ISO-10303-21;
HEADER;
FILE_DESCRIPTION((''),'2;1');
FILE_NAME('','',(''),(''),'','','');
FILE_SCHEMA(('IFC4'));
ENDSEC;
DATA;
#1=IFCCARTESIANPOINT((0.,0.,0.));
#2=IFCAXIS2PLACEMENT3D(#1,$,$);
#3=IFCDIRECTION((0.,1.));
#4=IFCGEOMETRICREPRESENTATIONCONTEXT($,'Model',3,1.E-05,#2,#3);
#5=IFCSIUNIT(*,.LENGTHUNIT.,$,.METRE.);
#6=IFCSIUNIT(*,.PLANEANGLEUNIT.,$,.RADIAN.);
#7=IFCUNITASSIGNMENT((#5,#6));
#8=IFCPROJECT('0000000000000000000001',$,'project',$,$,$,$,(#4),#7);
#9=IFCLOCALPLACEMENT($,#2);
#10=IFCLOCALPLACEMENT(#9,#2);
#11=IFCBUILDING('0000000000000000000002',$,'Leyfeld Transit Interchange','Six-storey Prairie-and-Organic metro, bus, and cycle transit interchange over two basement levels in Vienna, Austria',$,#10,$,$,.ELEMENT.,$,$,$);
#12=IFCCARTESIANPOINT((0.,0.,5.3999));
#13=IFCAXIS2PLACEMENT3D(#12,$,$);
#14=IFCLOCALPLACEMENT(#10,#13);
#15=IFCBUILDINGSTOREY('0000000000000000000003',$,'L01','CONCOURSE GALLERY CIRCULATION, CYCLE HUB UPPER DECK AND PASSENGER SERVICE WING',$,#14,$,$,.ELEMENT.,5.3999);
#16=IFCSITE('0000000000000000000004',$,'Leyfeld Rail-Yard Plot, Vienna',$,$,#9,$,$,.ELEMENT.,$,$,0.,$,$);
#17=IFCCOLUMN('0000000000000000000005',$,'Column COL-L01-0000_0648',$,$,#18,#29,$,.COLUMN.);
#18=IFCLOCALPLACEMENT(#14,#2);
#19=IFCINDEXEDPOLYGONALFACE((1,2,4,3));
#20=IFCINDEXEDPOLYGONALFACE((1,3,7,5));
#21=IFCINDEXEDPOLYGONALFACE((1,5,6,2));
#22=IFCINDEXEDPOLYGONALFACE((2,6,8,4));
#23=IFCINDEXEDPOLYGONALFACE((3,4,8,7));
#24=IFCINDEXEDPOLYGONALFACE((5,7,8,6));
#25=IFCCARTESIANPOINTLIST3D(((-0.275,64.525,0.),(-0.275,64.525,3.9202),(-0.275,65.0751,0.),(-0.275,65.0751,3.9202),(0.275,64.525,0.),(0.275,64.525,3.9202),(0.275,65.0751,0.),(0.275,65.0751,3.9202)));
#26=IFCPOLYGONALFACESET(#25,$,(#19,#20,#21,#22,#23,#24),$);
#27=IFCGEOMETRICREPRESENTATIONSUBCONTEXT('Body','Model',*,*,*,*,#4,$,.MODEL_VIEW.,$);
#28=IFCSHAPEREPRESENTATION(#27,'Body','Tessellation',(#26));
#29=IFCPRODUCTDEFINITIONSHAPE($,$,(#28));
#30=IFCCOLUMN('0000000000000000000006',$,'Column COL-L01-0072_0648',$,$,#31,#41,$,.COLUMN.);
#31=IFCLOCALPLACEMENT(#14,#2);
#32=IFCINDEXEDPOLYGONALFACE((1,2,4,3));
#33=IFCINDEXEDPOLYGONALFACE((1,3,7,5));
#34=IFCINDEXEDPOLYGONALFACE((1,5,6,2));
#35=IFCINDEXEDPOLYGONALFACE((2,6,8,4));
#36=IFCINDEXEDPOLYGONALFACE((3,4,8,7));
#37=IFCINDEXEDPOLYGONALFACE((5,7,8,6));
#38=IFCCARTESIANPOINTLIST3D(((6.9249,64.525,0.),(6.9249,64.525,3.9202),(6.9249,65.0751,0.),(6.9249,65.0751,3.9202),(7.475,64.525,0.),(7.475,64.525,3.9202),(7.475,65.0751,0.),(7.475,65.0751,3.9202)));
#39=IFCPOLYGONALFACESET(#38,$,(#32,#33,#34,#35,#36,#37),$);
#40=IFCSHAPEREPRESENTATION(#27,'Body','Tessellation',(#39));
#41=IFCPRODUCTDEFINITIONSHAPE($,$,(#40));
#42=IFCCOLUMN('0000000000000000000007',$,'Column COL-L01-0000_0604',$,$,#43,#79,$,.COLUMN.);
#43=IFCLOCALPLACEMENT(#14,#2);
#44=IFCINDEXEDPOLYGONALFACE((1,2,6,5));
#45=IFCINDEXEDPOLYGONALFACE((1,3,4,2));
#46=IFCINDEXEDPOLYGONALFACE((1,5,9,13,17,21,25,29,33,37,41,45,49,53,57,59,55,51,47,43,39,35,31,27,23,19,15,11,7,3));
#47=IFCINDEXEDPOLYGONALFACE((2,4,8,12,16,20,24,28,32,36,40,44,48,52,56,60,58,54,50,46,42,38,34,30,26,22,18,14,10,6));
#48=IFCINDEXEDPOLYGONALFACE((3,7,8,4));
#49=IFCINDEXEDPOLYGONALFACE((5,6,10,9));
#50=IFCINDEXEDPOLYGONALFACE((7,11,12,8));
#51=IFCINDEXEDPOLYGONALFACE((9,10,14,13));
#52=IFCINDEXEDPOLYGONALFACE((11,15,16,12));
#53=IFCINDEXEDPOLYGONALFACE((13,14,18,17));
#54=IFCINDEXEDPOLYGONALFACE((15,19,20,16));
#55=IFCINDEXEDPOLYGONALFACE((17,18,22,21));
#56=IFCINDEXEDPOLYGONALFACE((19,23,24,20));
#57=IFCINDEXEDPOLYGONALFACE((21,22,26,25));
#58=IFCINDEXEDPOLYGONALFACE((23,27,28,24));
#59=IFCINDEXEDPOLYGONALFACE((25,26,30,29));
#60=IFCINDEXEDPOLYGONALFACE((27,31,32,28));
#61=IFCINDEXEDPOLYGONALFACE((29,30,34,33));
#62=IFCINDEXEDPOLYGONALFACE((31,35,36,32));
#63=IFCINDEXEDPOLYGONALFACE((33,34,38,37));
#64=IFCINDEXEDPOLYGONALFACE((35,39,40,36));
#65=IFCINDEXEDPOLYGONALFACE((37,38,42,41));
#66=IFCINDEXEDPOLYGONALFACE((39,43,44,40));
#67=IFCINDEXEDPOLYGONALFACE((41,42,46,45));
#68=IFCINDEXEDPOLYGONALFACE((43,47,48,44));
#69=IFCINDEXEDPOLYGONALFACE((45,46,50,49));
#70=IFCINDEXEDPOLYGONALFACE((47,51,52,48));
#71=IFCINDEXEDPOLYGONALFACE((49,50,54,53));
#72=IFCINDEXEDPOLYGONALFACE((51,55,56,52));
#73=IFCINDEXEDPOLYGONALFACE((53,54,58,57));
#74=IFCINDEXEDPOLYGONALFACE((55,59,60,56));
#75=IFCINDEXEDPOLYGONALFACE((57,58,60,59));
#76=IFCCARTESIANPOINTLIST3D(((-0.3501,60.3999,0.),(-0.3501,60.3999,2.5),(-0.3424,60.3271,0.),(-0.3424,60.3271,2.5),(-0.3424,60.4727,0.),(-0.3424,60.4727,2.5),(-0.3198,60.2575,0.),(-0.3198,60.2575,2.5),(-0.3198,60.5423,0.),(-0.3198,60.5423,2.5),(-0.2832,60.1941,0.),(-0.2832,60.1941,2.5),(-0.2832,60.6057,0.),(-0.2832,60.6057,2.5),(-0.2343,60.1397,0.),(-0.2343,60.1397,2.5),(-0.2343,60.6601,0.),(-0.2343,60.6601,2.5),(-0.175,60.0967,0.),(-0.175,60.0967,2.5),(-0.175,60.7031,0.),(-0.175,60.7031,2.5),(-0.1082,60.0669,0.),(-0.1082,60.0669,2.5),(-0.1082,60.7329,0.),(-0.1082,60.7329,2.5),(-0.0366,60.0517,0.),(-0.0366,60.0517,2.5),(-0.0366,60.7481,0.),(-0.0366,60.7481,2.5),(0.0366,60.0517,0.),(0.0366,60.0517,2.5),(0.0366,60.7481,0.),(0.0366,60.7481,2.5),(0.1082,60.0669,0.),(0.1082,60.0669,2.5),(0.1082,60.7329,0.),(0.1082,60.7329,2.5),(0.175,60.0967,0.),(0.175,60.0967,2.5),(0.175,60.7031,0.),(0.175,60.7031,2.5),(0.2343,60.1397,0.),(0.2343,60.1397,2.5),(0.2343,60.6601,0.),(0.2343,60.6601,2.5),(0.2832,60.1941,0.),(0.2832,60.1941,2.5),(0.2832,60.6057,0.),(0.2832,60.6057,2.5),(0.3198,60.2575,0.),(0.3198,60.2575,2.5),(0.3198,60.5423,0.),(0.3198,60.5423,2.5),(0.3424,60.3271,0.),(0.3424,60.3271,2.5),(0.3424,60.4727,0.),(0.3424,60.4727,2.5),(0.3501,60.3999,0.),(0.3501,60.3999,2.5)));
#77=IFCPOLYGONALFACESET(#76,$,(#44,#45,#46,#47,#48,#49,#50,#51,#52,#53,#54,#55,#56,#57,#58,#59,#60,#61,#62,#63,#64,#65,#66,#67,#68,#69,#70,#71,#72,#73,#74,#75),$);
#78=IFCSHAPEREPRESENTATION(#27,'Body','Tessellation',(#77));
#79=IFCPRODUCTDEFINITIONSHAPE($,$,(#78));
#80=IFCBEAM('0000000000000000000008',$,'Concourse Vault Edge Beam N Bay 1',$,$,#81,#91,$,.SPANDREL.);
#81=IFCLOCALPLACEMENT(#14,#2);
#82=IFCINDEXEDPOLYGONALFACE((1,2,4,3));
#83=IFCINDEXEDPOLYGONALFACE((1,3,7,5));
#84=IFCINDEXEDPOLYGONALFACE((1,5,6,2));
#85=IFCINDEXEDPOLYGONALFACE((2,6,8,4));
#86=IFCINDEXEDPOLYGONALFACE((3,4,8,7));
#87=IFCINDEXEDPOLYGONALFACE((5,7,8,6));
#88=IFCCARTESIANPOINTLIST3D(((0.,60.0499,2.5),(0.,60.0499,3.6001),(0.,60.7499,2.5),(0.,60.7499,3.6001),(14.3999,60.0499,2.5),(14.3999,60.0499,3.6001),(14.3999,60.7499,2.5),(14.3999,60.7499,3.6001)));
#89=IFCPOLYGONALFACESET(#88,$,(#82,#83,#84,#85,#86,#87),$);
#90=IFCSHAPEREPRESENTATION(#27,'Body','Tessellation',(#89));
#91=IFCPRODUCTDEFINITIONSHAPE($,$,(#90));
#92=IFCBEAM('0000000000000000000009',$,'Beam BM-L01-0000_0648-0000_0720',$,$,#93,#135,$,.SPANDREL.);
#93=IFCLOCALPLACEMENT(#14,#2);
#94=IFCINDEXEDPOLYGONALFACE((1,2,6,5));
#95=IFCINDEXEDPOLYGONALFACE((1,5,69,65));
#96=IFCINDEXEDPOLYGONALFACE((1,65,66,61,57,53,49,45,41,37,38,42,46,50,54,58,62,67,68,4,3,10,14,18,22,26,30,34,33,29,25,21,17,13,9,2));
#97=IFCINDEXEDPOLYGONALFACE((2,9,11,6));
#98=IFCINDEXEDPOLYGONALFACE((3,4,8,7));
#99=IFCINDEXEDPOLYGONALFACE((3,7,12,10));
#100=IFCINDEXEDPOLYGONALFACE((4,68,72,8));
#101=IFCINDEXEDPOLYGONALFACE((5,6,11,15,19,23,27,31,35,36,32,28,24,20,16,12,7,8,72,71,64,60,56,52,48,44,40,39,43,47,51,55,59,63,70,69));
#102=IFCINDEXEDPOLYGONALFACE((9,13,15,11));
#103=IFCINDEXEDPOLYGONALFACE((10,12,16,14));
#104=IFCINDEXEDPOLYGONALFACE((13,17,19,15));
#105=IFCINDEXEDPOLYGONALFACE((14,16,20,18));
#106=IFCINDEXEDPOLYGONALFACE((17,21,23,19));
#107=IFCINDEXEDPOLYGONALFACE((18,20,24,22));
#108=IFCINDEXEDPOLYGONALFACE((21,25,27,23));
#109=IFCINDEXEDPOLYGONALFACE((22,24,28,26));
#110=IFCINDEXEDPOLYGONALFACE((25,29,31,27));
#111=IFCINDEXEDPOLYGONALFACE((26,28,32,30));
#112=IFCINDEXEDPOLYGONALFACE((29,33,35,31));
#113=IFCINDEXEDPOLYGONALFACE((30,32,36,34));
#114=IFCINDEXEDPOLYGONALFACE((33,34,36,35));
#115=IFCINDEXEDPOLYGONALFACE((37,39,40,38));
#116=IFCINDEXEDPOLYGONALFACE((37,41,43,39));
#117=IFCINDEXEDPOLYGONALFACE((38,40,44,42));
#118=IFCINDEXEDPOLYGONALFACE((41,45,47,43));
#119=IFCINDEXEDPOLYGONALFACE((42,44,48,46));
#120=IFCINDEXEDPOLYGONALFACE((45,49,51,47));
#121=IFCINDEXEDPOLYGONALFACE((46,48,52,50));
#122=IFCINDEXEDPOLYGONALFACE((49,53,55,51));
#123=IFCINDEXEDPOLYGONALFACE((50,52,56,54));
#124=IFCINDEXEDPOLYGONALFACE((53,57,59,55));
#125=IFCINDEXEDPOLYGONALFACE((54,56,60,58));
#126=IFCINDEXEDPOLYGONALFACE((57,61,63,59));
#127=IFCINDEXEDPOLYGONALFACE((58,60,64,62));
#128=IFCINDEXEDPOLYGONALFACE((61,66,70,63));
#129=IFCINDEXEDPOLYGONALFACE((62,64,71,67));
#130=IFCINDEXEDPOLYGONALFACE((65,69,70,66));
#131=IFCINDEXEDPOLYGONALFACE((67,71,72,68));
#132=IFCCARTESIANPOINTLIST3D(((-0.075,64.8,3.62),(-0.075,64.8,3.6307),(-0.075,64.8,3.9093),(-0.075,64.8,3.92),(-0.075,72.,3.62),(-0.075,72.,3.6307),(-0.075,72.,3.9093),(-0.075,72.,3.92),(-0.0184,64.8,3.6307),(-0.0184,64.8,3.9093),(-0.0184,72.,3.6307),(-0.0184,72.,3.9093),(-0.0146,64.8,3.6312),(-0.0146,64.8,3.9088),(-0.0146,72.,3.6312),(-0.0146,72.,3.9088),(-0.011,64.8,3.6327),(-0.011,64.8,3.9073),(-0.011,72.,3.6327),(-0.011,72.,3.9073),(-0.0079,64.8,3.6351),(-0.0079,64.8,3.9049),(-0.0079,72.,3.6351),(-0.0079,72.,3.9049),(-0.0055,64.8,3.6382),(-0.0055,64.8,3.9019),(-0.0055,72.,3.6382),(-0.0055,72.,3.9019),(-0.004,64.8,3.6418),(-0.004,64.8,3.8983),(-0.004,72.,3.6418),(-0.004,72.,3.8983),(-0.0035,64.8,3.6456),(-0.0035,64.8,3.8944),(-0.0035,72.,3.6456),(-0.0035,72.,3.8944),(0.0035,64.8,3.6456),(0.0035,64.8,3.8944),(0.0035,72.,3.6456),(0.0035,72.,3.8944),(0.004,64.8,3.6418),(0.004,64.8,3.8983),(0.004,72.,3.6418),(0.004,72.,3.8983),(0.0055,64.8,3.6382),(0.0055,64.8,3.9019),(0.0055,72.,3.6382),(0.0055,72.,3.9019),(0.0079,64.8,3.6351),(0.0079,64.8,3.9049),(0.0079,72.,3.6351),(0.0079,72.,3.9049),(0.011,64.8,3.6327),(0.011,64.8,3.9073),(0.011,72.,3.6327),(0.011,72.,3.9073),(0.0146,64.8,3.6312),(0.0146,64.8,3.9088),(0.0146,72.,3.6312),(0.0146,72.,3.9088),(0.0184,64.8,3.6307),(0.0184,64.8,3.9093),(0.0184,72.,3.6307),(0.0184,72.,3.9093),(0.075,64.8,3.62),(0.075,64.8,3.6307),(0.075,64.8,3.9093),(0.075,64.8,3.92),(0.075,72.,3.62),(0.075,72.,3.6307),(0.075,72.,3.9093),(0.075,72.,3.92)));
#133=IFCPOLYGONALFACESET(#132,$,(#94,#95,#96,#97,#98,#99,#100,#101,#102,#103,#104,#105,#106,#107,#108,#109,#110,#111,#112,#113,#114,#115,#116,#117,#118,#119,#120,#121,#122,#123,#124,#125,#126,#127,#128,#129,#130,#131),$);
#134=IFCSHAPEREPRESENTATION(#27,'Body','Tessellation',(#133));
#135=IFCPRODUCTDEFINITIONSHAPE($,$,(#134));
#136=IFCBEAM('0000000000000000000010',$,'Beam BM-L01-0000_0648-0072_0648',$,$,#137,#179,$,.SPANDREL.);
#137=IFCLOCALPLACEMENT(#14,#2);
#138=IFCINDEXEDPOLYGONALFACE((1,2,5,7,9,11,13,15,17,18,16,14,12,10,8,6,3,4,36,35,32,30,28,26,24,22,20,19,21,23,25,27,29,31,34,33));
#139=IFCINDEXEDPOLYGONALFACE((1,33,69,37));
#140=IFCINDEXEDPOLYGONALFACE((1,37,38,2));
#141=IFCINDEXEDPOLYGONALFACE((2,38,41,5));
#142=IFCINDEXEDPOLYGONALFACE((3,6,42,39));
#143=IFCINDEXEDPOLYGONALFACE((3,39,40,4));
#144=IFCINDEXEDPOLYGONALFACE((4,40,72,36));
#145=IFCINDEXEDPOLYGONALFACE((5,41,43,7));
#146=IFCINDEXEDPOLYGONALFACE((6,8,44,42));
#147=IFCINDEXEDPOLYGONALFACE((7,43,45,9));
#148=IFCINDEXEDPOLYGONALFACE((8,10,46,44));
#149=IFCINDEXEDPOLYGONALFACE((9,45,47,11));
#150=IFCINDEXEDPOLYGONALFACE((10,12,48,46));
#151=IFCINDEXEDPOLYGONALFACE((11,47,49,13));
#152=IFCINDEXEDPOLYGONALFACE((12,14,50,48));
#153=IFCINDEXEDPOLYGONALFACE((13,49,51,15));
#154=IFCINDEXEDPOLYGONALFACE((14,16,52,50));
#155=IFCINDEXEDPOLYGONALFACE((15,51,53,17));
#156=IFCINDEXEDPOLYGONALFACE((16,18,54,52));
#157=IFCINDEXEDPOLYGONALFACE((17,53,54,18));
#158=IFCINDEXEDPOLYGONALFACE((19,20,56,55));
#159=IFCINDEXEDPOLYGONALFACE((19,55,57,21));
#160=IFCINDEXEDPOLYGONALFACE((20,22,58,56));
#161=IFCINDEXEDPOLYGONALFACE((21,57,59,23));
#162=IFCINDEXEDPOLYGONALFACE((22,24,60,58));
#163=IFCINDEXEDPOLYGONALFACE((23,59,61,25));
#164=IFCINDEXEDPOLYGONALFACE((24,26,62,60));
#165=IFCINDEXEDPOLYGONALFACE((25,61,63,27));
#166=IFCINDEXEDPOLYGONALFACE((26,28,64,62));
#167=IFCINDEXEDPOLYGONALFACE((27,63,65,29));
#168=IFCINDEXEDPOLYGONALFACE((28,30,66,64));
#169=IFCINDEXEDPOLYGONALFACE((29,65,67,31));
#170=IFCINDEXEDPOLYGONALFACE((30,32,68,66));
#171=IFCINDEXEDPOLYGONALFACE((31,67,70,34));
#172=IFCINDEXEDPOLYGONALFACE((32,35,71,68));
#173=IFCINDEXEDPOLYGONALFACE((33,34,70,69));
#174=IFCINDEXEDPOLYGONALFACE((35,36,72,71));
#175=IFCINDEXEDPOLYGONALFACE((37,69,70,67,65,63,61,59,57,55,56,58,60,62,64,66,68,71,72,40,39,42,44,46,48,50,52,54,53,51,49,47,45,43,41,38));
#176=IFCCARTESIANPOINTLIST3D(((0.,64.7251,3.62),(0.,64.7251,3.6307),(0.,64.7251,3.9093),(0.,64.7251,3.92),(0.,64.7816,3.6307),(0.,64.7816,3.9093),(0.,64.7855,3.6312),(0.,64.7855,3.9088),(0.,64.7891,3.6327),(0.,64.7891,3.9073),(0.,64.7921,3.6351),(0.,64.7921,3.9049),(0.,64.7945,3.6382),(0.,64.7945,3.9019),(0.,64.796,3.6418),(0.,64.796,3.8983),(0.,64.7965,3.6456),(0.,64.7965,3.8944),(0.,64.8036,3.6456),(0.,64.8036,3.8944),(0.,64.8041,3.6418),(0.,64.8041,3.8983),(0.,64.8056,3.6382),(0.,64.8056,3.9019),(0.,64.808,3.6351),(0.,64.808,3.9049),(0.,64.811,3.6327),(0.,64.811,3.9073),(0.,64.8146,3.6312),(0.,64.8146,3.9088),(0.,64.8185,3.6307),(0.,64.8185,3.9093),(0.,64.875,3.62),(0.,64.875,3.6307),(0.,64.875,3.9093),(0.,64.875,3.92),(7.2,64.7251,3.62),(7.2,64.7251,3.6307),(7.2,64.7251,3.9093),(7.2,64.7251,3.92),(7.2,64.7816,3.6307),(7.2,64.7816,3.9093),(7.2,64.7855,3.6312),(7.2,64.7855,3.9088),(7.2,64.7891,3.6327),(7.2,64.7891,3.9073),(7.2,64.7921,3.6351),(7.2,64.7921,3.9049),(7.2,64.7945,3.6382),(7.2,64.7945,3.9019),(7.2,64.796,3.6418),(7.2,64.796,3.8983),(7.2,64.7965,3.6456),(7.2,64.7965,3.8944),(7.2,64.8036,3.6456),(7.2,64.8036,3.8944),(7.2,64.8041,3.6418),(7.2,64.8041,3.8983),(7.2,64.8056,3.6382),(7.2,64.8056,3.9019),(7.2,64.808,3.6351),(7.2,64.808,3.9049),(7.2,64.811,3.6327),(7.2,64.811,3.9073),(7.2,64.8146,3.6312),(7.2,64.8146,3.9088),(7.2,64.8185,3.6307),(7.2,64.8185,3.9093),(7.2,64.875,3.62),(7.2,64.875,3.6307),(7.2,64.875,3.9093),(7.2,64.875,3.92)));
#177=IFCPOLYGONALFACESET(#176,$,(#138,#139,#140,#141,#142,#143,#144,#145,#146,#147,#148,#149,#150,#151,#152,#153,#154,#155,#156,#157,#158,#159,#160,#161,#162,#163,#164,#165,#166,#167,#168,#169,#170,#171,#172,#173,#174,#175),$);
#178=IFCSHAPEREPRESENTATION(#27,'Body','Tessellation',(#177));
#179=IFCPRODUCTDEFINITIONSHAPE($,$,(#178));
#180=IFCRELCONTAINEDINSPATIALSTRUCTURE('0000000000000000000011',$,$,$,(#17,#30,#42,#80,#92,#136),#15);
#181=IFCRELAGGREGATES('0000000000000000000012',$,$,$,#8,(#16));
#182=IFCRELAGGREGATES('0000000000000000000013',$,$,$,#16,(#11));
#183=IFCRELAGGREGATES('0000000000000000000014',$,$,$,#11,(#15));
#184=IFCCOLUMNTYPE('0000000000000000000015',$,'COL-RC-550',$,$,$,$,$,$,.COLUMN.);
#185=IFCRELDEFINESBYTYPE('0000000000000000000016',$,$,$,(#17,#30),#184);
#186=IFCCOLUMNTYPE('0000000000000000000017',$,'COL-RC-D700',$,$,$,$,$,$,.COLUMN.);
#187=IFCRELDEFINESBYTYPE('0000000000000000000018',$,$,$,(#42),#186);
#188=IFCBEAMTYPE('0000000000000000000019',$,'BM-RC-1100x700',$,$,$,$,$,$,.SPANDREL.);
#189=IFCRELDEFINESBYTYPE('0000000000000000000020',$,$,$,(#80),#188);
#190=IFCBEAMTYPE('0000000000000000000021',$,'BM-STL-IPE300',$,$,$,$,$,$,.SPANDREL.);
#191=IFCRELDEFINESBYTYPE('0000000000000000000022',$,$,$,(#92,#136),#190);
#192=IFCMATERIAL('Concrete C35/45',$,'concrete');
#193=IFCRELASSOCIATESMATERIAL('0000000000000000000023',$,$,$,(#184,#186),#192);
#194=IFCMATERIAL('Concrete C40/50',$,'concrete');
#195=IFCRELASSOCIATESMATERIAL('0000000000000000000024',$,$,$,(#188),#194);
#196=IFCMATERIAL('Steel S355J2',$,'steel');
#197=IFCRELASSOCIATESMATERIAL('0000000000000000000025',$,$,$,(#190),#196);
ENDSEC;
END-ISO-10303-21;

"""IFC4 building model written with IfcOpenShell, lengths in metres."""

from ifc_helpers import new_model, si_unit, direction, frame, origin, origin_2d, place, context, subcontext, project, spatial, rectangle, circle, i_section, extrude, material, material_profile, profile_set, type_object, element, save


model = new_model("IFC4")

# Units and contexts
model_context = context("Model", 3, precision=1e-05, world=origin(), true_north=direction((0.0, 1.0)))
body_context = subcontext(model_context, "Body", "Model", "MODEL_VIEW")
ifc_project = project(units=[si_unit("LENGTHUNIT", "METRE"), si_unit("PLANEANGLEUNIT", "RADIAN")], contexts=[model_context])

# Site, building, storey
site_placement = place(None, origin())
site = spatial("IfcSite", under=ifc_project, at=site_placement, Name="Leyfeld Rail-Yard Plot, Vienna", CompositionType="ELEMENT", RefElevation=0.0)
building_placement = place(site_placement, origin())
building = spatial("IfcBuilding", under=site, at=building_placement, Name="Leyfeld Transit Interchange", Description="Six-storey Prairie-and-Organic metro, bus, and cycle transit interchange over two basement levels in Vienna, Austria", CompositionType="ELEMENT")
storey_placement = place(building_placement, frame((0.0, 0.0, 5.3999)))
storey = spatial("IfcBuildingStorey", under=building, at=storey_placement, Name="L01", Description="CONCOURSE GALLERY CIRCULATION, CYCLE HUB UPPER DECK AND PASSENGER SERVICE WING", CompositionType="ELEMENT", Elevation=5.3999)

# Columns
ifc_material_1 = material(Name="Concrete C35/45", Category="concrete")
ifc_material_profile_1 = material_profile(ifc_material_1, rectangle(XDim=0.55, YDim=0.55, at=origin_2d()), Name="RC 550x550")
ifc_profile_set_1 = profile_set([ifc_material_profile_1], Name="Concrete C35/45")
column_type_1 = type_object("IfcColumnType", Name="COL-RC-550", PredefinedType="COLUMN", material=ifc_profile_set_1)
for number, where, z_axis, x_axis, name in (
    (1, (0.0, 64.8, 0.0), (0.0, 0.0, 1.0), (1.0, 0.0, 0.0), "Column COL-L01-0000_0648"),
    (2, (7.2, 64.8, 0.0), (0.0, 0.0, 1.0), (1.0, 0.0, 0.0), "Column COL-L01-0072_0648"),
):
    element("IfcColumn", number, at=place(storey_placement, frame(where, z_axis=z_axis, x_axis=x_axis)), inside=storey, type_object=column_type_1, Name=name, PredefinedType="COLUMN", context=body_context, shape_type="SweptSolid", body=[
        extrude(rectangle(XDim=0.55, YDim=0.55, at=origin_2d()), origin(), (0.0, 0.0, 1.0), 3.9202),
    ])
ifc_material_profile_2 = material_profile(ifc_material_1, circle(Radius=0.3501, at=origin_2d()), Name="RC D700")
ifc_profile_set_2 = profile_set([ifc_material_profile_2], Name="Concrete C35/45")
column_type_2 = type_object("IfcColumnType", Name="COL-RC-D700", PredefinedType="COLUMN", material=ifc_profile_set_2)
column_placement = place(storey_placement, frame((0.0, 60.3999, 0.0), z_axis=(0.0, 0.0, 1.0), x_axis=(1.0, 0.0, 0.0)))
element("IfcColumn", 3, at=column_placement, inside=storey, type_object=column_type_2, Name="Column COL-L01-0000_0604", PredefinedType="COLUMN", context=body_context, shape_type="SweptSolid", body=[
    extrude(circle(Radius=0.3501, at=origin_2d()), origin(), (0.0, 0.0, 1.0), 2.5),
])

# Beams
ifc_material_2 = material(Name="Concrete C40/50", Category="concrete")
ifc_material_profile_3 = material_profile(ifc_material_2, rectangle(XDim=0.7, YDim=1.1001, at=origin_2d()), Name="RC 1100x700")
ifc_profile_set_3 = profile_set([ifc_material_profile_3], Name="Concrete C40/50")
beam_type_1 = type_object("IfcBeamType", Name="BM-RC-1100x700", PredefinedType="SPANDREL", material=ifc_profile_set_3)
beam_1_placement = place(storey_placement, frame((0.0, 60.3999, 3.05), z_axis=(1.0, 0.0, 0.0), x_axis=(0.0, 1.0, 0.0)))
element("IfcBeam", 4, at=beam_1_placement, inside=storey, type_object=beam_type_1, Name="Concourse Vault Edge Beam N Bay 1", PredefinedType="SPANDREL", context=body_context, shape_type="SweptSolid", body=[
    extrude(rectangle(XDim=0.7, YDim=1.1001, at=origin_2d()), origin(), (0.0, 0.0, 1.0), 14.3999),
])
ifc_material_3 = material(Name="Steel S355J2", Category="steel")
ifc_material_profile_4 = material_profile(ifc_material_3, i_section(OverallWidth=0.1499, OverallDepth=0.3, WebThickness=0.0071, FlangeThickness=0.0107, FilletRadius=0.0149, at=origin_2d()), Name="IPE 300")
ifc_profile_set_4 = profile_set([ifc_material_profile_4], Name="Steel S355J2")
beam_type_2 = type_object("IfcBeamType", Name="BM-STL-IPE300", PredefinedType="SPANDREL", material=ifc_profile_set_4)
for number, where, z_axis, x_axis, name in (
    (5, (0.0, 64.8, 3.77), (0.0, 1.0, 0.0), (-1.0, 0.0, 0.0), "Beam BM-L01-0000_0648-0000_0720"),
    (6, (0.0, 64.8, 3.77), (1.0, 0.0, 0.0), (0.0, 1.0, 0.0), "Beam BM-L01-0000_0648-0072_0648"),
):
    element("IfcBeam", number, at=place(storey_placement, frame(where, z_axis=z_axis, x_axis=x_axis)), inside=storey, type_object=beam_type_2, Name=name, PredefinedType="SPANDREL", context=body_context, shape_type="SweptSolid", body=[
        extrude(i_section(OverallWidth=0.1499, OverallDepth=0.3, WebThickness=0.0071, FlangeThickness=0.0107, FilletRadius=0.0149, at=origin_2d()), origin(), (0.0, 0.0, 1.0), 7.2),
    ])

save(model, "model.ifc")
